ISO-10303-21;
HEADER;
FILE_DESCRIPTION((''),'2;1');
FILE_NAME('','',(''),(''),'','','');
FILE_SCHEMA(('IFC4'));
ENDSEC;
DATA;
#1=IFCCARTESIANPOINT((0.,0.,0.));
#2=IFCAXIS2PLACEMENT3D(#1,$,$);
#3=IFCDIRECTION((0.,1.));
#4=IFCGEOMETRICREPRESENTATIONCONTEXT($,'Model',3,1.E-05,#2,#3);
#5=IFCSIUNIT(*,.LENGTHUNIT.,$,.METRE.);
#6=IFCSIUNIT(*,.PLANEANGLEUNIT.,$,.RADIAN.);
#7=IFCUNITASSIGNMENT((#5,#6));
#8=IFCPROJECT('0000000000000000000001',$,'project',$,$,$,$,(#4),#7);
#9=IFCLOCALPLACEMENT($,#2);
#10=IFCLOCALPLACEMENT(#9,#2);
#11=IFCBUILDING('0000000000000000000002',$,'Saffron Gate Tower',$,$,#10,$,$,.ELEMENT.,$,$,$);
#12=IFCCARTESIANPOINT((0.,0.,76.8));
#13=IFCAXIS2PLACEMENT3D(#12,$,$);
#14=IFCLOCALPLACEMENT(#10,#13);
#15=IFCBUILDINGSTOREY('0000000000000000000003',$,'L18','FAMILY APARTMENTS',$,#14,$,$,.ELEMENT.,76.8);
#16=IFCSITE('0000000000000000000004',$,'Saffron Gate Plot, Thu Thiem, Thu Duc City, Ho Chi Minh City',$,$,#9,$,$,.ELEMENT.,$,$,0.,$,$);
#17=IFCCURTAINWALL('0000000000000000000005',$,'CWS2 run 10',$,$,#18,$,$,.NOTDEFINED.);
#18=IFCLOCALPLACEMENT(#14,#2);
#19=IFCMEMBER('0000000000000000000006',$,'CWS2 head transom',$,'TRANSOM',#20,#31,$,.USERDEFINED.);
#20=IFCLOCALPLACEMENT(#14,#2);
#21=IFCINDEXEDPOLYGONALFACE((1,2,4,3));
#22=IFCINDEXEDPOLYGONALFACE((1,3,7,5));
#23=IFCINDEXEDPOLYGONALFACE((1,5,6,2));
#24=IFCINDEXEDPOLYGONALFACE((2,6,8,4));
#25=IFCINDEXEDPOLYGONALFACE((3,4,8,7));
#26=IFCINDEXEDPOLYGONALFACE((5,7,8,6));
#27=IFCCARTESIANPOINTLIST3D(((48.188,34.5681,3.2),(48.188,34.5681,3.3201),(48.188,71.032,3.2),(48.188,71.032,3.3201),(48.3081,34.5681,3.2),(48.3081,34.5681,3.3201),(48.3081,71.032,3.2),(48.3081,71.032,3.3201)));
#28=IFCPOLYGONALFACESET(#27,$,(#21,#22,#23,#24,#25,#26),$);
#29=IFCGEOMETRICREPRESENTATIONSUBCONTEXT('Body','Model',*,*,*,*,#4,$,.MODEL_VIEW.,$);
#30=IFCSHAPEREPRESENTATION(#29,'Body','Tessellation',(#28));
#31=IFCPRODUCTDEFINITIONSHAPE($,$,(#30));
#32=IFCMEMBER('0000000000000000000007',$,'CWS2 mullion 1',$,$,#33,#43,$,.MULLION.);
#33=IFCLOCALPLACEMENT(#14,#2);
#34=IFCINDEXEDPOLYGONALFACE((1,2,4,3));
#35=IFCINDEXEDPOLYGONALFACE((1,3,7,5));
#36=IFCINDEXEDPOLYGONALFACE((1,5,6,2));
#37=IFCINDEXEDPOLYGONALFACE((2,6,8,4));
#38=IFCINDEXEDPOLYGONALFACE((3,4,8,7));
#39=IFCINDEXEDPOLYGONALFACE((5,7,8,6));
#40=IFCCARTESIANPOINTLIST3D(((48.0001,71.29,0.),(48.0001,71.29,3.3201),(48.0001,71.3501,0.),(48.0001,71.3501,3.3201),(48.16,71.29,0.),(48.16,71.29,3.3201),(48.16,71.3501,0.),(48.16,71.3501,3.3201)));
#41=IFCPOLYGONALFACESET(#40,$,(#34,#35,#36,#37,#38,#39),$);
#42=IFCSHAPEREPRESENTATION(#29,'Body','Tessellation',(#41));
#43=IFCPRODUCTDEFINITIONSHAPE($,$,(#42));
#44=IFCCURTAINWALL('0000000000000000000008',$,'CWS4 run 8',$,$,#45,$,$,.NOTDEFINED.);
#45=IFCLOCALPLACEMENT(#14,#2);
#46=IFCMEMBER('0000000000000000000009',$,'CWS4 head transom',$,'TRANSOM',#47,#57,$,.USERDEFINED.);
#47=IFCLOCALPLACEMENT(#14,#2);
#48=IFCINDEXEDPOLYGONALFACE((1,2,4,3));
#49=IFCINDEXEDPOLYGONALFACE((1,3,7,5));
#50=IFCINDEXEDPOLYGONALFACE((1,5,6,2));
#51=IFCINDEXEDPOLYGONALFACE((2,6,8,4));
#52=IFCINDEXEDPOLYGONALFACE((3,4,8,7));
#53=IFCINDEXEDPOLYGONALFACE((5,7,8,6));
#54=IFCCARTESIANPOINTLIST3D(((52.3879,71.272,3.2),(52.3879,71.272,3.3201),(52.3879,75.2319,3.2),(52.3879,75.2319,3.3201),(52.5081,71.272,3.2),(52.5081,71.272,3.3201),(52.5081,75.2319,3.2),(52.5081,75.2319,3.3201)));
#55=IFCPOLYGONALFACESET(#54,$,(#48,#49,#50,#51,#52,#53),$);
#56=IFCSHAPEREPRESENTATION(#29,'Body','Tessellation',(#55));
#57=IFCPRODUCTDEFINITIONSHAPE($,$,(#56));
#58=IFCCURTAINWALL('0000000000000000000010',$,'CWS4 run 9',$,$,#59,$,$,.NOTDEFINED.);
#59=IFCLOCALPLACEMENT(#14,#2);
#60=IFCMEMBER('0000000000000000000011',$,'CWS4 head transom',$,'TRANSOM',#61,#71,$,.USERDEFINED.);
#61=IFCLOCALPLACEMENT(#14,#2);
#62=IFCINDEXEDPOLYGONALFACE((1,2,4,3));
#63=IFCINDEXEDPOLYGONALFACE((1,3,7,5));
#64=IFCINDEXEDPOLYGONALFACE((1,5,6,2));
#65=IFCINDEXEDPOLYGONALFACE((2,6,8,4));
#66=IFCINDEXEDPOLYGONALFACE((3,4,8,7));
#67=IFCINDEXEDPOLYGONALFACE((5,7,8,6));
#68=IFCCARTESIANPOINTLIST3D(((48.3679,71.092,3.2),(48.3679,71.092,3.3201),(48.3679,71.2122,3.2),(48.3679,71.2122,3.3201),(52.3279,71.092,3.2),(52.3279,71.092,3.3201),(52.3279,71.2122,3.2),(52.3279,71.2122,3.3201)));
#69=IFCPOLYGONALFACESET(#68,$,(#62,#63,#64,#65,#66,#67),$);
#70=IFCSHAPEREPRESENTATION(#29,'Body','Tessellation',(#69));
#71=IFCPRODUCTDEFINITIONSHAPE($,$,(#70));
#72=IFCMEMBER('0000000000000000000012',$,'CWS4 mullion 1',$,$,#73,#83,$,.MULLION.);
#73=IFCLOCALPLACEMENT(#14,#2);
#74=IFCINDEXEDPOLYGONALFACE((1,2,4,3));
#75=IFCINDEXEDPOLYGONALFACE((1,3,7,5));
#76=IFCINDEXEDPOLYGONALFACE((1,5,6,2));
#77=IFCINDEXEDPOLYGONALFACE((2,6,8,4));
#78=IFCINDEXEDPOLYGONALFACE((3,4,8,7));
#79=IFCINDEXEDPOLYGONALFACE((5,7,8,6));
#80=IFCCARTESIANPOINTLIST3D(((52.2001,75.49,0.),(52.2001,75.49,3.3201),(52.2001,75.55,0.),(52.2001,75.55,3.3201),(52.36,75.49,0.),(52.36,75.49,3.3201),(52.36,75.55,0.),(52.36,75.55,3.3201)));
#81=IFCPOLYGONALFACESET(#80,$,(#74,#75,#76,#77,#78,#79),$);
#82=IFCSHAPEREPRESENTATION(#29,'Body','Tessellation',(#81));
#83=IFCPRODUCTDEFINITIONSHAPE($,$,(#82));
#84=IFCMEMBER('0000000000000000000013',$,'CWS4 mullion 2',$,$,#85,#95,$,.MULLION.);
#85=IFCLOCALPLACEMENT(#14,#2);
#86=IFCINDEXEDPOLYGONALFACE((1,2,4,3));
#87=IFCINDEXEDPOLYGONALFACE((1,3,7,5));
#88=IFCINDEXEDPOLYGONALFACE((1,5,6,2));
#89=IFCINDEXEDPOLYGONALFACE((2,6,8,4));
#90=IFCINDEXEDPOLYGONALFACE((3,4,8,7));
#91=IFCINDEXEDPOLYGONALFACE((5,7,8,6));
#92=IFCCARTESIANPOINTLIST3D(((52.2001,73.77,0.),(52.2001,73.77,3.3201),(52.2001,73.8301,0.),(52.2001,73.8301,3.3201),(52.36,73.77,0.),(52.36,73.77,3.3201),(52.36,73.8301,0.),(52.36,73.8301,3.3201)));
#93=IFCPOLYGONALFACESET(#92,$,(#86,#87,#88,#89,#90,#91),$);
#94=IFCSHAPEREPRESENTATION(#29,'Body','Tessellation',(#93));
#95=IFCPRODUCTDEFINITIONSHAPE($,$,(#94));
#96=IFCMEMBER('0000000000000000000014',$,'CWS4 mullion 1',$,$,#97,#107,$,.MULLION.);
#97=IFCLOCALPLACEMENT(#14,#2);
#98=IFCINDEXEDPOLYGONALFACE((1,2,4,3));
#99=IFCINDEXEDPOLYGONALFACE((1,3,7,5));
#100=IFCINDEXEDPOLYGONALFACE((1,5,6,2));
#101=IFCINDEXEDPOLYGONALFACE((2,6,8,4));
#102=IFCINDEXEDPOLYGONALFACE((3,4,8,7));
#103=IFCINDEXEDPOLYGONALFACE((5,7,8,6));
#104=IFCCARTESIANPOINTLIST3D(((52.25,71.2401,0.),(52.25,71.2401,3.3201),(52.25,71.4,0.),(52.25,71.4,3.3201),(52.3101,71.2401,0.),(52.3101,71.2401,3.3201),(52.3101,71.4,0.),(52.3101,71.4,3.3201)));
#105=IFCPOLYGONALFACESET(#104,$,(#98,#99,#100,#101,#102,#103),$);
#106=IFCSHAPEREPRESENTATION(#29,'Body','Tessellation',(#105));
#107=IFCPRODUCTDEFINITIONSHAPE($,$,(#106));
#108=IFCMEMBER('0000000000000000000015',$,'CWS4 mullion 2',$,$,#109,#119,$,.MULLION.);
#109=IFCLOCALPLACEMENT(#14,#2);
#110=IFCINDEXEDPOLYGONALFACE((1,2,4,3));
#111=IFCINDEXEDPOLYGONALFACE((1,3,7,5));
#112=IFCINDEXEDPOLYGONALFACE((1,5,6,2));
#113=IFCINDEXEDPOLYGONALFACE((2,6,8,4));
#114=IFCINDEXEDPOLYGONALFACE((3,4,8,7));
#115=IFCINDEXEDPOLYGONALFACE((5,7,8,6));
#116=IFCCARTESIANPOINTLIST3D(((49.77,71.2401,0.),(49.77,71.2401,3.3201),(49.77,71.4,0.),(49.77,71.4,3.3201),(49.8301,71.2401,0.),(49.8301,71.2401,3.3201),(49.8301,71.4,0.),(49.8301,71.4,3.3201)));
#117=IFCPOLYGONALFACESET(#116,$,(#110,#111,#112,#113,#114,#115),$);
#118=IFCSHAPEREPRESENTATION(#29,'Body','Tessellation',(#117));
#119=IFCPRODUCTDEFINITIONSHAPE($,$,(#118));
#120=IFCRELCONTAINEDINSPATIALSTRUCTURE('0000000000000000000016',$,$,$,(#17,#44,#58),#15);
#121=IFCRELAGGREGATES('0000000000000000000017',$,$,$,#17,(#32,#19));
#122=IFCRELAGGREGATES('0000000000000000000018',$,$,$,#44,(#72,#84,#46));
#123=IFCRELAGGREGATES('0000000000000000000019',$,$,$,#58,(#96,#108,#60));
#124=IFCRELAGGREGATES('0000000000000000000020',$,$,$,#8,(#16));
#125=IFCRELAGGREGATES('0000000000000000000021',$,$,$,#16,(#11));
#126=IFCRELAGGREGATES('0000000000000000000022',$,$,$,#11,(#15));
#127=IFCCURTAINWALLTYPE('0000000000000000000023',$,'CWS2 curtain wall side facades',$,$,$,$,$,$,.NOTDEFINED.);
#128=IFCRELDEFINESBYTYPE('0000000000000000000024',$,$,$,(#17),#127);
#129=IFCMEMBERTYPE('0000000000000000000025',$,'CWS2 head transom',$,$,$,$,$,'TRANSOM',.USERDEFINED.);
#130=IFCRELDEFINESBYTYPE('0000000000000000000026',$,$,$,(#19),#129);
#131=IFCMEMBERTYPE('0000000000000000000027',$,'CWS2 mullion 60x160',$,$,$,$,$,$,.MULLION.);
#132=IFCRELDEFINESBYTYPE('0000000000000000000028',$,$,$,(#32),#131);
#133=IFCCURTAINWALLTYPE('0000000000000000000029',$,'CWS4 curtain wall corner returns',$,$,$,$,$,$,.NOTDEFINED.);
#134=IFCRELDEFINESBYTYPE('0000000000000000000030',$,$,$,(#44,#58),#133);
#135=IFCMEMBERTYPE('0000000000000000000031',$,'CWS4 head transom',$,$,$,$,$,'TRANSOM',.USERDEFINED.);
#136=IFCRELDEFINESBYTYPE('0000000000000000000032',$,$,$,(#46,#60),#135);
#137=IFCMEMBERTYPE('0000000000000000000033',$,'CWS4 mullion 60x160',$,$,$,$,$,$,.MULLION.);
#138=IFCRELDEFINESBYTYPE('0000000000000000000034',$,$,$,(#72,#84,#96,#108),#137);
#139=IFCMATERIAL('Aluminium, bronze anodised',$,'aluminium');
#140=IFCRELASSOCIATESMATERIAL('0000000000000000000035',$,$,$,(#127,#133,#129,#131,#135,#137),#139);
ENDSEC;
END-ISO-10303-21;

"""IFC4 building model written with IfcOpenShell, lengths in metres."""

from ifc_helpers import new_model, si_unit, direction, frame, origin, origin_2d, place, context, subcontext, project, spatial, rectangle, extrude, material, material_profile, profile_set, type_object, element, aggregate, save


model = new_model("IFC4")

# Units and contexts
model_context = context("Model", 3, precision=1e-05, world=origin(), true_north=direction((0.0, 1.0)))
body_context = subcontext(model_context, "Body", "Model", "MODEL_VIEW")
ifc_project = project(units=[si_unit("LENGTHUNIT", "METRE"), si_unit("PLANEANGLEUNIT", "RADIAN")], contexts=[model_context])

# Site, building, storey
site_placement = place(None, origin())
site = spatial("IfcSite", under=ifc_project, at=site_placement, Name="Saffron Gate Plot, Thu Thiem, Thu Duc City, Ho Chi Minh City", CompositionType="ELEMENT", RefElevation=0.0)
building_placement = place(site_placement, origin())
building = spatial("IfcBuilding", under=site, at=building_placement, Name="Saffron Gate Tower", CompositionType="ELEMENT")
storey_placement = place(building_placement, frame((0.0, 0.0, 76.8)))
storey = spatial("IfcBuildingStorey", under=building, at=storey_placement, Name="L18", Description="FAMILY APARTMENTS", CompositionType="ELEMENT", Elevation=76.8)

# Curtain wall, members
ifc_material_1 = material(Name="Aluminium, bronze anodised", Category="aluminium")
curtain_wall_type_1 = type_object("IfcCurtainWallType", Name="CWS2 curtain wall side facades", PredefinedType="NOTDEFINED", material=ifc_material_1)
curtain_wall_1_placement = place(storey_placement, origin())
curtain_wall_1 = element("IfcCurtainWall", 1, at=curtain_wall_1_placement, inside=storey, type_object=curtain_wall_type_1, Name="CWS2 run 10", PredefinedType="NOTDEFINED")
ifc_material_profile_1 = material_profile(ifc_material_1, rectangle(XDim=0.1201, YDim=0.1201, at=origin_2d()))
ifc_profile_set_1 = profile_set([ifc_material_profile_1], Name="Aluminium, bronze anodised")
member_type_1 = type_object("IfcMemberType", Name="CWS2 head transom", ElementType="TRANSOM", PredefinedType="USERDEFINED", material=ifc_profile_set_1)
member_1_placement = place(storey_placement, frame((48.248, 71.032, 3.26), z_axis=(0.0, -1.0, 0.0), x_axis=(1.0, 0.0, 0.0)))
member_1 = element("IfcMember", 2, at=member_1_placement, type_object=member_type_1, Name="CWS2 head transom", ObjectType="TRANSOM", PredefinedType="USERDEFINED", context=body_context, shape_type="SweptSolid", body=[
    extrude(rectangle(XDim=0.1201, YDim=0.1201, at=origin_2d()), origin(), (0.0, 0.0, 1.0), 36.4639),
])
ifc_material_profile_2 = material_profile(ifc_material_1, rectangle(XDim=0.1599, YDim=0.0601, at=origin_2d()))
ifc_profile_set_2 = profile_set([ifc_material_profile_2], Name="Aluminium, bronze anodised")
member_type_2 = type_object("IfcMemberType", Name="CWS2 mullion 60x160", PredefinedType="MULLION", material=ifc_profile_set_2)
member_2_placement = place(storey_placement, frame((48.0801, 71.3201, 0.0), z_axis=(0.0, 0.0, 1.0), x_axis=(1.0, 0.0, 0.0)))
member_2 = element("IfcMember", 3, at=member_2_placement, type_object=member_type_2, Name="CWS2 mullion 1", PredefinedType="MULLION", context=body_context, shape_type="SweptSolid", body=[
    extrude(rectangle(XDim=0.1599, YDim=0.0601, at=origin_2d()), origin(), (0.0, 0.0, 1.0), 3.3201),
])

# Curtain walls, members
curtain_wall_type_2 = type_object("IfcCurtainWallType", Name="CWS4 curtain wall corner returns", PredefinedType="NOTDEFINED", material=ifc_material_1)
curtain_wall_2_placement = place(storey_placement, origin())
curtain_wall_2 = element("IfcCurtainWall", 4, at=curtain_wall_2_placement, inside=storey, type_object=curtain_wall_type_2, Name="CWS4 run 8", PredefinedType="NOTDEFINED")
ifc_material_profile_3 = material_profile(ifc_material_1, rectangle(XDim=0.1201, YDim=0.1201, at=origin_2d()))
ifc_profile_set_3 = profile_set([ifc_material_profile_3], Name="Aluminium, bronze anodised")
member_type_3 = type_object("IfcMemberType", Name="CWS4 head transom", ElementType="TRANSOM", PredefinedType="USERDEFINED", material=ifc_profile_set_3)
member_3_placement = place(storey_placement, frame((52.448, 75.2319, 3.26), z_axis=(0.0, -1.0, 0.0), x_axis=(1.0, 0.0, 0.0)))
member_3 = element("IfcMember", 5, at=member_3_placement, type_object=member_type_3, Name="CWS4 head transom", ObjectType="TRANSOM", PredefinedType="USERDEFINED", context=body_context, shape_type="SweptSolid", body=[
    extrude(rectangle(XDim=0.1201, YDim=0.1201, at=origin_2d()), origin(), (0.0, 0.0, 1.0), 3.96),
])
curtain_wall_3_placement = place(storey_placement, origin())
curtain_wall_3 = element("IfcCurtainWall", 6, at=curtain_wall_3_placement, inside=storey, type_object=curtain_wall_type_2, Name="CWS4 run 9", PredefinedType="NOTDEFINED")
member_4_placement = place(storey_placement, frame((52.3279, 71.1521, 3.26), z_axis=(-1.0, 0.0, 0.0), x_axis=(0.0, -1.0, 0.0)))
member_4 = element("IfcMember", 7, at=member_4_placement, type_object=member_type_3, Name="CWS4 head transom", ObjectType="TRANSOM", PredefinedType="USERDEFINED", context=body_context, shape_type="SweptSolid", body=[
    extrude(rectangle(XDim=0.1201, YDim=0.1201, at=origin_2d()), origin(), (0.0, 0.0, 1.0), 3.96),
])

# Members
ifc_material_profile_4 = material_profile(ifc_material_1, rectangle(XDim=0.1599, YDim=0.0601, at=origin_2d()))
ifc_profile_set_4 = profile_set([ifc_material_profile_4], Name="Aluminium, bronze anodised")
member_type_4 = type_object("IfcMemberType", Name="CWS4 mullion 60x160", PredefinedType="MULLION", material=ifc_profile_set_4)
member_5_placement = place(storey_placement, frame((52.28, 75.52, 0.0), z_axis=(0.0, 0.0, 1.0), x_axis=(1.0, 0.0, 0.0)))
member_5 = element("IfcMember", 8, at=member_5_placement, type_object=member_type_4, Name="CWS4 mullion 1", PredefinedType="MULLION", context=body_context, shape_type="SweptSolid", body=[
    extrude(rectangle(XDim=0.1599, YDim=0.0601, at=origin_2d()), origin(), (0.0, 0.0, 1.0), 3.3201),
])
member_6_placement = place(storey_placement, frame((52.28, 73.8, 0.0), z_axis=(0.0, 0.0, 1.0), x_axis=(1.0, 0.0, 0.0)))
member_6 = element("IfcMember", 9, at=member_6_placement, type_object=member_type_4, Name="CWS4 mullion 2", PredefinedType="MULLION", context=body_context, shape_type="SweptSolid", body=[
    extrude(rectangle(XDim=0.1599, YDim=0.0601, at=origin_2d()), origin(), (0.0, 0.0, 1.0), 3.3201),
])
member_7_placement = place(storey_placement, frame((52.28, 71.3201, 0.0), z_axis=(0.0, 0.0, 1.0), x_axis=(0.0, -1.0, 0.0)))
member_7 = element("IfcMember", 10, at=member_7_placement, type_object=member_type_4, Name="CWS4 mullion 1", PredefinedType="MULLION", context=body_context, shape_type="SweptSolid", body=[
    extrude(rectangle(XDim=0.1599, YDim=0.0601, at=origin_2d()), origin(), (0.0, 0.0, 1.0), 3.3201),
])
member_8_placement = place(storey_placement, frame((49.8, 71.3201, 0.0), z_axis=(0.0, 0.0, 1.0), x_axis=(0.0, -1.0, 0.0)))
member_8 = element("IfcMember", 11, at=member_8_placement, type_object=member_type_4, Name="CWS4 mullion 2", PredefinedType="MULLION", context=body_context, shape_type="SweptSolid", body=[
    extrude(rectangle(XDim=0.1599, YDim=0.0601, at=origin_2d()), origin(), (0.0, 0.0, 1.0), 3.3201),
])

aggregate(curtain_wall_1, [member_2, member_1])

aggregate(curtain_wall_2, [member_5, member_6, member_3])
aggregate(curtain_wall_3, [member_7, member_8, member_4])

save(model, "model.ifc")
